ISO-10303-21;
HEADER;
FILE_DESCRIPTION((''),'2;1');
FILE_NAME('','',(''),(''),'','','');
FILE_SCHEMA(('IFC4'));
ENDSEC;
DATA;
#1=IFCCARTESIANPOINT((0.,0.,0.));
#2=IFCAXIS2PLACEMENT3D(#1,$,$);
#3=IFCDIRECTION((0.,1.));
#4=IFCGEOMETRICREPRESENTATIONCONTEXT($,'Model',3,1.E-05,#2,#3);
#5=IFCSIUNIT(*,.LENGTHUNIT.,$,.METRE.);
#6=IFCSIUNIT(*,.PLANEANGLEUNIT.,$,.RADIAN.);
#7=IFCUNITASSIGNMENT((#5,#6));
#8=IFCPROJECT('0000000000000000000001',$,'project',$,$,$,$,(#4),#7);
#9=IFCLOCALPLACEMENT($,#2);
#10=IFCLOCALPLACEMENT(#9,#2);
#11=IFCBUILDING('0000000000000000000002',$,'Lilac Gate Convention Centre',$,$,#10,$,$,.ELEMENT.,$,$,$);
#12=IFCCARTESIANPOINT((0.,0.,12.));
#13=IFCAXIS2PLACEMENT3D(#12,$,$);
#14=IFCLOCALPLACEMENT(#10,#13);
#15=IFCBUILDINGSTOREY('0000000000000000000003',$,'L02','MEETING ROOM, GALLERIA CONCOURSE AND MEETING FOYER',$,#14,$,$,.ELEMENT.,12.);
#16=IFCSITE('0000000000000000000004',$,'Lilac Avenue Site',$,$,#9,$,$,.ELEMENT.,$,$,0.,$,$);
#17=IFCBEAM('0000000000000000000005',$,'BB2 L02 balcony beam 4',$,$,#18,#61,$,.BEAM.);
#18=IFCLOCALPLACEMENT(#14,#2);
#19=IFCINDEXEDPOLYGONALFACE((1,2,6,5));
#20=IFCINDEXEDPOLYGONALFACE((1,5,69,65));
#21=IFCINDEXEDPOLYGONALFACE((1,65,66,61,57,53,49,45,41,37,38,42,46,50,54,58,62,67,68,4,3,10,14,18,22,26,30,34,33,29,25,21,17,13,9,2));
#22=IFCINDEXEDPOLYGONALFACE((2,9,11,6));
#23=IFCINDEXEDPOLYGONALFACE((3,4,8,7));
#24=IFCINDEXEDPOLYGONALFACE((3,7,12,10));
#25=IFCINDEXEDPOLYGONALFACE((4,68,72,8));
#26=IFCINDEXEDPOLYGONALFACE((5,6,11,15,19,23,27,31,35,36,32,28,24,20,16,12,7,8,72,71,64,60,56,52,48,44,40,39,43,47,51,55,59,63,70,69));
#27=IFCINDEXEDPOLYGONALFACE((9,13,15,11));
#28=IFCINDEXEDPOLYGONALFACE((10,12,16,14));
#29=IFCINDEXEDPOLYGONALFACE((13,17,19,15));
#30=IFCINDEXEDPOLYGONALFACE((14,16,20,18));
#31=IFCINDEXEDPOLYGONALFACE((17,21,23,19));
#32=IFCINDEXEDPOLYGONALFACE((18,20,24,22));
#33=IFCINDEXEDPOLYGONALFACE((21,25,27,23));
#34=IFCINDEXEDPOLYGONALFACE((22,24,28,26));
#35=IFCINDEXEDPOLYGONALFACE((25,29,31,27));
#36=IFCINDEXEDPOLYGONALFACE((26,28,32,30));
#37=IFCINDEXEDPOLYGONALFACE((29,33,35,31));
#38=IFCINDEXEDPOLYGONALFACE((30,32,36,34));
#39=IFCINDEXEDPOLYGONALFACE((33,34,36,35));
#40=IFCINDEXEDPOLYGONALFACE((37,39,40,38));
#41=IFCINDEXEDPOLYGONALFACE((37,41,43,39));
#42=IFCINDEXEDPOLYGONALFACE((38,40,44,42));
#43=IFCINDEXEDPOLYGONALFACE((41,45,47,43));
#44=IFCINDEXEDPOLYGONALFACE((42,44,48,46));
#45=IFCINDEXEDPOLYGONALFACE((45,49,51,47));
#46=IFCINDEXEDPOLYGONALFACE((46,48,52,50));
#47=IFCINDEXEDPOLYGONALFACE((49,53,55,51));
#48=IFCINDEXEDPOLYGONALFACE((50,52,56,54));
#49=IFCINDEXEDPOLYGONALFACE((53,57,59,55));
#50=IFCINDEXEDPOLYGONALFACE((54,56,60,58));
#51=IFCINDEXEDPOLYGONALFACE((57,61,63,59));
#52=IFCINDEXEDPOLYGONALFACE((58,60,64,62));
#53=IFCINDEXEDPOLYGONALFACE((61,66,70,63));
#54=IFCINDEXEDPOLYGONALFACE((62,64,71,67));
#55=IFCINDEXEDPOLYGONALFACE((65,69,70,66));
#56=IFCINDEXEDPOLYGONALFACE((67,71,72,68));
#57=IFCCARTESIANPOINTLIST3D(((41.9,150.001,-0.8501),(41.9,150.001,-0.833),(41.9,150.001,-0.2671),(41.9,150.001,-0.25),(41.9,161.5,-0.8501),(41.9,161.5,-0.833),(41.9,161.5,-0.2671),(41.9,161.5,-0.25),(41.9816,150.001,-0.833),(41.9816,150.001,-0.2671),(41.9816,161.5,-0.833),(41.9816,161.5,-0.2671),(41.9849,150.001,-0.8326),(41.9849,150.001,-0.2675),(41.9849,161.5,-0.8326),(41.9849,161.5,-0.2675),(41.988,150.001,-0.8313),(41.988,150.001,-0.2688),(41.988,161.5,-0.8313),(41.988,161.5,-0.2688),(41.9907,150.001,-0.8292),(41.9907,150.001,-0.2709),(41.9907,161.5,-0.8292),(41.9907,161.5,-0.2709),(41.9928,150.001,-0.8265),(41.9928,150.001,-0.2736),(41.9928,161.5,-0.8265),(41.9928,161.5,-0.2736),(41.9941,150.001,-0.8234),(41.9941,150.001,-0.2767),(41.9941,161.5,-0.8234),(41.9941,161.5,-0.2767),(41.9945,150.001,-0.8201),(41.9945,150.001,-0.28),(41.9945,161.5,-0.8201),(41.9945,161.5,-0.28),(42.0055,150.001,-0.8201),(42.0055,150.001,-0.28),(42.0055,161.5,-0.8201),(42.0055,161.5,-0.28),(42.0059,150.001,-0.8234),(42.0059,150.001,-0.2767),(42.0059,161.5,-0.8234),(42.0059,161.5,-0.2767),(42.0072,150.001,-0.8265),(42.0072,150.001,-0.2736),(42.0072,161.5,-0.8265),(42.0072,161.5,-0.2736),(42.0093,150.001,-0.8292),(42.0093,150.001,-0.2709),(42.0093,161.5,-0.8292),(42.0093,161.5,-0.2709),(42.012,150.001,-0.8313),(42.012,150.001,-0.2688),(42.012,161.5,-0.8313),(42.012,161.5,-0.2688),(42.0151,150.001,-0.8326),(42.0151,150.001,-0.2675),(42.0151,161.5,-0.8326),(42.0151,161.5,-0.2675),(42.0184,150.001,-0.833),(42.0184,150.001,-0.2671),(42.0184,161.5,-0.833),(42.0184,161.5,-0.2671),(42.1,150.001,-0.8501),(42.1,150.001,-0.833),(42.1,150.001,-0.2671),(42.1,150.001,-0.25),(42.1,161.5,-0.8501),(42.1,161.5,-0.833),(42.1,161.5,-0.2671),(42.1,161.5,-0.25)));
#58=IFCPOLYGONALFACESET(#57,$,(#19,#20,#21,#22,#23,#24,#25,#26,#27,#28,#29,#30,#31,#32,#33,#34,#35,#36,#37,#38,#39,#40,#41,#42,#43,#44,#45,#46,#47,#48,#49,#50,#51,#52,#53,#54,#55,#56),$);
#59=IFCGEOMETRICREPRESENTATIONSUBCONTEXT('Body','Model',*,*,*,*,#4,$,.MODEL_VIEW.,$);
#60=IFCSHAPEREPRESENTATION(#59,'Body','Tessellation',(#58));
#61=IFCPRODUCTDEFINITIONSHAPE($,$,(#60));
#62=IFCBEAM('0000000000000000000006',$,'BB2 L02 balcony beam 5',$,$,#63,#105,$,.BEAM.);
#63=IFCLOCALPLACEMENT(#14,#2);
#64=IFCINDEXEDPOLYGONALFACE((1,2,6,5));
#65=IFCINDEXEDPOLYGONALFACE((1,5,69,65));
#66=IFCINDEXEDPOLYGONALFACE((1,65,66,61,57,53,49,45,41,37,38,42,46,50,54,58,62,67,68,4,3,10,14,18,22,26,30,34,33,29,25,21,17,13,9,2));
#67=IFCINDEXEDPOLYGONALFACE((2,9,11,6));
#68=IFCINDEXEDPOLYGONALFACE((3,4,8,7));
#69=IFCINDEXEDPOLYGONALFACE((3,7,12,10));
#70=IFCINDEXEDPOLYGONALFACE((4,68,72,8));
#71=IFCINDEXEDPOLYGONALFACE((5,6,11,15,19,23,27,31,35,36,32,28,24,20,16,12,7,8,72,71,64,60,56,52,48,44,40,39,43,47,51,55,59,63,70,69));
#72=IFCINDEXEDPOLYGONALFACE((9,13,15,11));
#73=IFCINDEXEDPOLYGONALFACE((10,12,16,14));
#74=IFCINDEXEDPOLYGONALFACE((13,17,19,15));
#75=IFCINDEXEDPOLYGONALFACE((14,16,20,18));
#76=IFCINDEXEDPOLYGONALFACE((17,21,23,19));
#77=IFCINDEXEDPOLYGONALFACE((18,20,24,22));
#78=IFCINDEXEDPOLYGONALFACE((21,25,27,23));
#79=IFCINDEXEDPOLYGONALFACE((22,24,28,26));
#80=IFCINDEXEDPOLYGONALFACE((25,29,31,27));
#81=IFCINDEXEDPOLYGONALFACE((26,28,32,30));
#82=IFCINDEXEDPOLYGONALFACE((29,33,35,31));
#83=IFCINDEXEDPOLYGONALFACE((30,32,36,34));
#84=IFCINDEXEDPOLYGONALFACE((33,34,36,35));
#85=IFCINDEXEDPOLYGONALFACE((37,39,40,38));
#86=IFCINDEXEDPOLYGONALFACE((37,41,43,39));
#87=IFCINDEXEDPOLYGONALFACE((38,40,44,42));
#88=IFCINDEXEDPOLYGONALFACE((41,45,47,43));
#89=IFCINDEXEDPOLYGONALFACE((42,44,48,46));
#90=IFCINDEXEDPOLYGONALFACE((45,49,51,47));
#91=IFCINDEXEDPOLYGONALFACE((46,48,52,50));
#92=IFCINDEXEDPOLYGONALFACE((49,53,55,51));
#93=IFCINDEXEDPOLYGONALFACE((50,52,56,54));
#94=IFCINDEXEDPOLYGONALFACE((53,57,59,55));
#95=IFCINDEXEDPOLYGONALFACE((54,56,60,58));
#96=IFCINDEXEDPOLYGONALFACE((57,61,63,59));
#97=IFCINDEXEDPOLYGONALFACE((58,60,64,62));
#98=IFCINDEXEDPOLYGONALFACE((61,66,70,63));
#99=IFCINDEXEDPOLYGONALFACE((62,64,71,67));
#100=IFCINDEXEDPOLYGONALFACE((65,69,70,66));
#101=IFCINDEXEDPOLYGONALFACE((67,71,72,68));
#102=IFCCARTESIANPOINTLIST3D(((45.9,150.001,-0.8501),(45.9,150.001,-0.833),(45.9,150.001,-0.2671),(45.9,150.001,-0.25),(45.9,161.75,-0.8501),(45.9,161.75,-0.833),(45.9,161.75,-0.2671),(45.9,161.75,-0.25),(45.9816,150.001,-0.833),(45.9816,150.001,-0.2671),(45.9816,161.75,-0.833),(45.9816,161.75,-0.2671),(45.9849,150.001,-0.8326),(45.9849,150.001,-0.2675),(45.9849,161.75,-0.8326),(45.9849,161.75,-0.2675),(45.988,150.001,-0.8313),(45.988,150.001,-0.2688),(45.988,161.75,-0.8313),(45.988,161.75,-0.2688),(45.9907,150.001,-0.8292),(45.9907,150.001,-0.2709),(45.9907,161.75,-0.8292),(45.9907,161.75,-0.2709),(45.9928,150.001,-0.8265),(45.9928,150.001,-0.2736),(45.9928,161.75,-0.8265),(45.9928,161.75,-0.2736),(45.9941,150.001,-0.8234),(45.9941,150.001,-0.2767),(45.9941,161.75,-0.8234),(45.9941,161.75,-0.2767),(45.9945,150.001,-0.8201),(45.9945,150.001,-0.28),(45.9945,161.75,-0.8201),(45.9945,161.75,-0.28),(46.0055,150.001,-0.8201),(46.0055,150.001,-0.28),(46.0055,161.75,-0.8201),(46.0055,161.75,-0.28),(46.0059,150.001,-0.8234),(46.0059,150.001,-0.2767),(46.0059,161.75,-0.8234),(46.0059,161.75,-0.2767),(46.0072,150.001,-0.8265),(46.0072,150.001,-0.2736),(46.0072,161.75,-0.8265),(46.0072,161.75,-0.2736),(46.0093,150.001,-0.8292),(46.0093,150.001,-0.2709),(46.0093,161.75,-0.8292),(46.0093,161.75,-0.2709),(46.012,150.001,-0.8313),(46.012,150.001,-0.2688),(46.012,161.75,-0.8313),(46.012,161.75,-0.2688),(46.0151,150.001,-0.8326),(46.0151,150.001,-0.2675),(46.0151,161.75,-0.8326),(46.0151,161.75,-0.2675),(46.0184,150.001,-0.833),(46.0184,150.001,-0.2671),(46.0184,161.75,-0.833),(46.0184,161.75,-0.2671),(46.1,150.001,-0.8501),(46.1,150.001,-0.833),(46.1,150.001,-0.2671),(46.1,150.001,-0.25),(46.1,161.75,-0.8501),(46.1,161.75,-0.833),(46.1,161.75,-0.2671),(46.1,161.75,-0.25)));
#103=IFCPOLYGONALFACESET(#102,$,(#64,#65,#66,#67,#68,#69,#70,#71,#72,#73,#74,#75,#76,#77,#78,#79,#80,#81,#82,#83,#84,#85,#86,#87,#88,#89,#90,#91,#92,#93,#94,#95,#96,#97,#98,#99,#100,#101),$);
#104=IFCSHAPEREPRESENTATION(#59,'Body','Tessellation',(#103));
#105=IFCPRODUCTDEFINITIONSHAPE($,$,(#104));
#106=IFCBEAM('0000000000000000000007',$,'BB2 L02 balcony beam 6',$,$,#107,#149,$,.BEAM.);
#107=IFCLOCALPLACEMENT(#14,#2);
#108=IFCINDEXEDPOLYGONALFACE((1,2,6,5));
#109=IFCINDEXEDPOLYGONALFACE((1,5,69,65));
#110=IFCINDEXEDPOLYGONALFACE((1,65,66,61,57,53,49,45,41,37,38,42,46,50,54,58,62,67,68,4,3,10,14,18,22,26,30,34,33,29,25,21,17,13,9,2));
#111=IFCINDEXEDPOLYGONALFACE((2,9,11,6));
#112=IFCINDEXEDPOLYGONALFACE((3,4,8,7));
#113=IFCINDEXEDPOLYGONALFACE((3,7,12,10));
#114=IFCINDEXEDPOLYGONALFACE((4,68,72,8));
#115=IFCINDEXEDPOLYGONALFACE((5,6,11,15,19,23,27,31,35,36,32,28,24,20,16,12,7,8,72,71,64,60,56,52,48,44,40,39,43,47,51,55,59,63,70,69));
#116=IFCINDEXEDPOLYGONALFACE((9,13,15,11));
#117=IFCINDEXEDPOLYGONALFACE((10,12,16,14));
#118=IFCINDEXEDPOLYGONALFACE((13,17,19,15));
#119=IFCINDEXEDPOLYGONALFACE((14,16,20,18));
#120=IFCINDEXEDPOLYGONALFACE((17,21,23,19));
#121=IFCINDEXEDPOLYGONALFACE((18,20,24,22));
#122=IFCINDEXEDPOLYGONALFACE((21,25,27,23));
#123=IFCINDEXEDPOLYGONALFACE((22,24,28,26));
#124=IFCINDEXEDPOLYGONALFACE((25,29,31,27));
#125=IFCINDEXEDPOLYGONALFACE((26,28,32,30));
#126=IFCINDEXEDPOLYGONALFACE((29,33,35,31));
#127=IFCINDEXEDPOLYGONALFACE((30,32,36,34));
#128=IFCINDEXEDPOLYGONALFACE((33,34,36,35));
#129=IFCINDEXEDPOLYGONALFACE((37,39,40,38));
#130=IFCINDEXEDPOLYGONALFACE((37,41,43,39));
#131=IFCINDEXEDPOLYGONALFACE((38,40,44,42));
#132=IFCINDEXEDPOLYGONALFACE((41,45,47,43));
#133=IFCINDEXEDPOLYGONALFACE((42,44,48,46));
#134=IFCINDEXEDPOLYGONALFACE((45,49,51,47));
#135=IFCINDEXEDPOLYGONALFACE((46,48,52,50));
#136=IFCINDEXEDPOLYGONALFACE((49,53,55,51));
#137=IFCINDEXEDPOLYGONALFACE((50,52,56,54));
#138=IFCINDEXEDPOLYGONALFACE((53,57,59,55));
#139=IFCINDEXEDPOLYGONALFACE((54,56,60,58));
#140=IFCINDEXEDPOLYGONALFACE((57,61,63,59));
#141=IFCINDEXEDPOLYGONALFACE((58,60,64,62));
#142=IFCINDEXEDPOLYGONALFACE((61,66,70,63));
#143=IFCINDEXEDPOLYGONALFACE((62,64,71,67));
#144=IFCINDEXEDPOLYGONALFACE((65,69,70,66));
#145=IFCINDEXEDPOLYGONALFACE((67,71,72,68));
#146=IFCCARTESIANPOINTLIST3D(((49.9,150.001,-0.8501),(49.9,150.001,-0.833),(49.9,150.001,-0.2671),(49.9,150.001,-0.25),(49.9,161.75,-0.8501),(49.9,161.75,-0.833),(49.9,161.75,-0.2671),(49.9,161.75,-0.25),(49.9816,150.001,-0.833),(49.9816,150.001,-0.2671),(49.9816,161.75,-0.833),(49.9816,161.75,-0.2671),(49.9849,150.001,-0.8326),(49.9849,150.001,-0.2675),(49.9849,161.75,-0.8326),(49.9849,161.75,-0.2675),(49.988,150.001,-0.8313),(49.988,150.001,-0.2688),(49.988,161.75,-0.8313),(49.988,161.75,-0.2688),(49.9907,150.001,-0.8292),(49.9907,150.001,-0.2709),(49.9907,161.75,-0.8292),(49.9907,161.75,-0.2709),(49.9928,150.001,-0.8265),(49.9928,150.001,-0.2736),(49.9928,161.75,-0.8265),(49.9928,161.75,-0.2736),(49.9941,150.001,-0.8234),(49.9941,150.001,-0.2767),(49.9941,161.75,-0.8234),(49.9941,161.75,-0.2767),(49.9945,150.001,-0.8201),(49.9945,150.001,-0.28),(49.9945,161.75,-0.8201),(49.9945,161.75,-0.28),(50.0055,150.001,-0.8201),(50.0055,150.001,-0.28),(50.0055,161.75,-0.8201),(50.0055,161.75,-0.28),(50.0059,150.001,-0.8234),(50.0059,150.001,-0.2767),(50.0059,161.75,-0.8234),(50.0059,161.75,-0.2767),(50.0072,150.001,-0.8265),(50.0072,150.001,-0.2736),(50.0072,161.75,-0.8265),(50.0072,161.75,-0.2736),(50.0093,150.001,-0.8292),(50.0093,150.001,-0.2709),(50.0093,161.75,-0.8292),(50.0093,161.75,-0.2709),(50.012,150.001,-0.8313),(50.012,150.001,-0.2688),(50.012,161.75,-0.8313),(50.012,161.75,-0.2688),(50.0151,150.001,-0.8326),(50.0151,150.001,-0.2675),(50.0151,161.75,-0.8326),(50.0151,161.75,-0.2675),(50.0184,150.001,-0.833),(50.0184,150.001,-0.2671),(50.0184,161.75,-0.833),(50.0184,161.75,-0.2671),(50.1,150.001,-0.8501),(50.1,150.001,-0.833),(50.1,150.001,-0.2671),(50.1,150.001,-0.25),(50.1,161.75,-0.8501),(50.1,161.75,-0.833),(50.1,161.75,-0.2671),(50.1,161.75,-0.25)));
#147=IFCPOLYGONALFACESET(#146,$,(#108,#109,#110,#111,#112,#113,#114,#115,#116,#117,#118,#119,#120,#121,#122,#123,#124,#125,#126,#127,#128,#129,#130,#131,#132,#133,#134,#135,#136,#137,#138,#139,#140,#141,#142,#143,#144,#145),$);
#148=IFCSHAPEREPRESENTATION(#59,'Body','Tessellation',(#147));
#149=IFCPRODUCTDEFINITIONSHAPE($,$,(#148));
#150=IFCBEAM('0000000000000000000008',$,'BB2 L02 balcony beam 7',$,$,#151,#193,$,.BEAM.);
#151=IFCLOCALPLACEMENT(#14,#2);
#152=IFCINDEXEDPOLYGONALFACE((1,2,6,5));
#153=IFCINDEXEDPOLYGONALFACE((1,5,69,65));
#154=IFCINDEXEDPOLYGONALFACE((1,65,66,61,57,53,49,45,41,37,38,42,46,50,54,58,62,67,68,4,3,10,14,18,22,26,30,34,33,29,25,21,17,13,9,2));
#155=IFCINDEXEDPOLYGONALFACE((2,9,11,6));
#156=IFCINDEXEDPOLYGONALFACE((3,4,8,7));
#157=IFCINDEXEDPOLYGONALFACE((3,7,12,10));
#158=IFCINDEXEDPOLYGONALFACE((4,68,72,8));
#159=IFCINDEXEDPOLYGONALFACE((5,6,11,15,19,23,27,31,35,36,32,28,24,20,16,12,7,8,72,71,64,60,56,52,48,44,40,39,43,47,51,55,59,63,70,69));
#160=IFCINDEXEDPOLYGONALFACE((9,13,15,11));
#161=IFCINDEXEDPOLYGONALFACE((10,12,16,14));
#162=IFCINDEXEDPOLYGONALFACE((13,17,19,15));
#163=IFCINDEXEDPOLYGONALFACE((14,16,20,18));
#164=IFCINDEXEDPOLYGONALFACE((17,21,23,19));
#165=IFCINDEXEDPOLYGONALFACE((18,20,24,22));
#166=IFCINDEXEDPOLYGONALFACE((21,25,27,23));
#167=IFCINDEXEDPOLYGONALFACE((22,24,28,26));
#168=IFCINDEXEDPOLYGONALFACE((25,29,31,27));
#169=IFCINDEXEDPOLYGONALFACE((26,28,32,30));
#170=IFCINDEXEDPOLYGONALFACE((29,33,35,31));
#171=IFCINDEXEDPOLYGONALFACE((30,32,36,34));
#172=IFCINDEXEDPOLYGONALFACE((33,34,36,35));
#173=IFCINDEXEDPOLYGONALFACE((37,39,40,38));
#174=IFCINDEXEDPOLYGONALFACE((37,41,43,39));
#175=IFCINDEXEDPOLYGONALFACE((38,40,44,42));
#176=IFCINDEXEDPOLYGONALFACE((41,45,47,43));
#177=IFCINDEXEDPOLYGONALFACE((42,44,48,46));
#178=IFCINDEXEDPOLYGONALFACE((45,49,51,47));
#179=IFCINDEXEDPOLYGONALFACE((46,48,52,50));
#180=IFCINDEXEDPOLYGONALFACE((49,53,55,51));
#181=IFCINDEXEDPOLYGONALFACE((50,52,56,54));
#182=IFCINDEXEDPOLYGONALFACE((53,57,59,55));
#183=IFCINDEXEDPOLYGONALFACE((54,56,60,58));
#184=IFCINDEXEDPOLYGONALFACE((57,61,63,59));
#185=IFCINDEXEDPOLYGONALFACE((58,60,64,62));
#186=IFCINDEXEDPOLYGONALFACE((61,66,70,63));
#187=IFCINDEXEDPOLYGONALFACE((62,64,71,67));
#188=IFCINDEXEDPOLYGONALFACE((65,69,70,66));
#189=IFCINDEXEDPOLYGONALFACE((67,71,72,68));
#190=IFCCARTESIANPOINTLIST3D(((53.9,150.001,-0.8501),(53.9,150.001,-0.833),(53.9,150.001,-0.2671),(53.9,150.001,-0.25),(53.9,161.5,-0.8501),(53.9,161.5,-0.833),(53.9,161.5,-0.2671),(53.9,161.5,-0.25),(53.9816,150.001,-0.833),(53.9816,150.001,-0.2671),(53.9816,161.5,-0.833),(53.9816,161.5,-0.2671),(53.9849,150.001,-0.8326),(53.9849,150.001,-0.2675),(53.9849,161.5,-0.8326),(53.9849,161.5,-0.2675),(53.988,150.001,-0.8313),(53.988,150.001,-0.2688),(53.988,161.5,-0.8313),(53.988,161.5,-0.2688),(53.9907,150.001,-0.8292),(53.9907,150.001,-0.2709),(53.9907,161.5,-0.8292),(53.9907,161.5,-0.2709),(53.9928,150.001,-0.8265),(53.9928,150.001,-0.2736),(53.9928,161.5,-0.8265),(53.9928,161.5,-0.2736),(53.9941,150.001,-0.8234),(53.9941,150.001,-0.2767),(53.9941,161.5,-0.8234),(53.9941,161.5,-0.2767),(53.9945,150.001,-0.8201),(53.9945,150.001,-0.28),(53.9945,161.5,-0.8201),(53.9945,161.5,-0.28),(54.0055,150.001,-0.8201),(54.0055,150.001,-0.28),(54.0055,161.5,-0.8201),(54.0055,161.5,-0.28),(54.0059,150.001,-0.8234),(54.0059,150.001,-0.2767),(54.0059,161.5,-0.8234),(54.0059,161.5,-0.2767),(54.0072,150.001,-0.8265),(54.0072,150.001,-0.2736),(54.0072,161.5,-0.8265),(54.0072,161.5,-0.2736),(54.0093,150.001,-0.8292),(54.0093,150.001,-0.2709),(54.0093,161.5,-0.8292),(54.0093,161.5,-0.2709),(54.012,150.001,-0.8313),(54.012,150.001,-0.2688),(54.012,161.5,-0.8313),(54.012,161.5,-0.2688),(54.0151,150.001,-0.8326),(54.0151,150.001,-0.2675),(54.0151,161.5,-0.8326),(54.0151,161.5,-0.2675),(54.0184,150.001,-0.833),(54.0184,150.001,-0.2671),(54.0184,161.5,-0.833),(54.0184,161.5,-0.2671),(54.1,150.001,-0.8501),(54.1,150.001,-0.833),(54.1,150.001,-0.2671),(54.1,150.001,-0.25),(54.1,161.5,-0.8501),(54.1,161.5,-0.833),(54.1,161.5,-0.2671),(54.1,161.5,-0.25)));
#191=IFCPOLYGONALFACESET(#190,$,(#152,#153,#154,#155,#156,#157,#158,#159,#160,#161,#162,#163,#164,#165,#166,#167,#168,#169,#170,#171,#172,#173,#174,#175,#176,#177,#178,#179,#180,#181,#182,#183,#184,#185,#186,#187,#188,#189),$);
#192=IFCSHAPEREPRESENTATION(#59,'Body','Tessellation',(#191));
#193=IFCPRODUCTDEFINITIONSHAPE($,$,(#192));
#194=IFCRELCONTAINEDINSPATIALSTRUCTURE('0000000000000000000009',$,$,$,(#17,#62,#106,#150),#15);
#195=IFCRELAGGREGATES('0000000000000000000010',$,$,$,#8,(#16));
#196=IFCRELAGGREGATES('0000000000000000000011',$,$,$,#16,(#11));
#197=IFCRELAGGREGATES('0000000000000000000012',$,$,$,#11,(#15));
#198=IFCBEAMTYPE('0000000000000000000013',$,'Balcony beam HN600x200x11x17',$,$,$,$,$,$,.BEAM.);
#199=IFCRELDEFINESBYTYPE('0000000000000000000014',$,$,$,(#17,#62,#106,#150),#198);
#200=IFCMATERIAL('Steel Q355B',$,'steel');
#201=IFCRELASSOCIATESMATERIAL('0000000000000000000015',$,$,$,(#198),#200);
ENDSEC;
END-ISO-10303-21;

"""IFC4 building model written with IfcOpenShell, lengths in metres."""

from ifc_helpers import new_model, si_unit, direction, frame, origin, origin_2d, place, context, subcontext, project, spatial, i_section, extrude, material, material_profile, profile_set, type_object, element, save


model = new_model("IFC4")

# Units and contexts
model_context = context("Model", 3, precision=1e-05, world=origin(), true_north=direction((0.0, 1.0)))
body_context = subcontext(model_context, "Body", "Model", "MODEL_VIEW")
ifc_project = project(units=[si_unit("LENGTHUNIT", "METRE"), si_unit("PLANEANGLEUNIT", "RADIAN")], contexts=[model_context])

# Site, building, storey
site_placement = place(None, origin())
site = spatial("IfcSite", under=ifc_project, at=site_placement, Name="Lilac Avenue Site", CompositionType="ELEMENT", RefElevation=0.0)
building_placement = place(site_placement, origin())
building = spatial("IfcBuilding", under=site, at=building_placement, Name="Lilac Gate Convention Centre", CompositionType="ELEMENT")
storey_placement = place(building_placement, frame((0.0, 0.0, 12.0)))
storey = spatial("IfcBuildingStorey", under=building, at=storey_placement, Name="L02", Description="MEETING ROOM, GALLERIA CONCOURSE AND MEETING FOYER", CompositionType="ELEMENT", Elevation=12.0)

# Beams
ifc_material_1 = material(Name="Steel Q355B", Category="steel")
ifc_material_profile_1 = material_profile(ifc_material_1, i_section(OverallWidth=0.2, OverallDepth=0.6001, WebThickness=0.011, FlangeThickness=0.0171, FilletRadius=0.0129, at=origin_2d()), Name="HN600x200x11x17")
ifc_profile_set_1 = profile_set([ifc_material_profile_1], Name="Steel Q355B")
beam_type_1 = type_object("IfcBeamType", Name="Balcony beam HN600x200x11x17", PredefinedType="BEAM", material=ifc_profile_set_1)
beam_1_placement = place(storey_placement, frame((42.0, 150.001, -0.55), z_axis=(0.0, 1.0, 0.0), x_axis=(-1.0, 0.0, 0.0)))
element("IfcBeam", 1, at=beam_1_placement, inside=storey, type_object=beam_type_1, Name="BB2 L02 balcony beam 4", PredefinedType="BEAM", context=body_context, shape_type="SweptSolid", body=[
    extrude(i_section(OverallWidth=0.2, OverallDepth=0.6001, WebThickness=0.011, FlangeThickness=0.0171, FilletRadius=0.0129, at=origin_2d()), origin(), (0.0, 0.0, 1.0), 11.499),
])
for number, where, z_axis, x_axis, name in (
    (2, (46.0, 150.001, -0.55), (0.0, 1.0, 0.0), (-1.0, 0.0, 0.0), "BB2 L02 balcony beam 5"),
    (3, (50.0, 150.001, -0.55), (0.0, 1.0, 0.0), (-1.0, 0.0, 0.0), "BB2 L02 balcony beam 6"),
):
    element("IfcBeam", number, at=place(storey_placement, frame(where, z_axis=z_axis, x_axis=x_axis)), inside=storey, type_object=beam_type_1, Name=name, PredefinedType="BEAM", context=body_context, shape_type="SweptSolid", body=[
        extrude(i_section(OverallWidth=0.2, OverallDepth=0.6001, WebThickness=0.011, FlangeThickness=0.0171, FilletRadius=0.0129, at=origin_2d()), origin(), (0.0, 0.0, 1.0), 11.749),
    ])
beam_2_placement = place(storey_placement, frame((54.0, 150.001, -0.55), z_axis=(0.0, 1.0, 0.0), x_axis=(-1.0, 0.0, 0.0)))
element("IfcBeam", 4, at=beam_2_placement, inside=storey, type_object=beam_type_1, Name="BB2 L02 balcony beam 7", PredefinedType="BEAM", context=body_context, shape_type="SweptSolid", body=[
    extrude(i_section(OverallWidth=0.2, OverallDepth=0.6001, WebThickness=0.011, FlangeThickness=0.0171, FilletRadius=0.0129, at=origin_2d()), origin(), (0.0, 0.0, 1.0), 11.499),
])

save(model, "model.ifc")
